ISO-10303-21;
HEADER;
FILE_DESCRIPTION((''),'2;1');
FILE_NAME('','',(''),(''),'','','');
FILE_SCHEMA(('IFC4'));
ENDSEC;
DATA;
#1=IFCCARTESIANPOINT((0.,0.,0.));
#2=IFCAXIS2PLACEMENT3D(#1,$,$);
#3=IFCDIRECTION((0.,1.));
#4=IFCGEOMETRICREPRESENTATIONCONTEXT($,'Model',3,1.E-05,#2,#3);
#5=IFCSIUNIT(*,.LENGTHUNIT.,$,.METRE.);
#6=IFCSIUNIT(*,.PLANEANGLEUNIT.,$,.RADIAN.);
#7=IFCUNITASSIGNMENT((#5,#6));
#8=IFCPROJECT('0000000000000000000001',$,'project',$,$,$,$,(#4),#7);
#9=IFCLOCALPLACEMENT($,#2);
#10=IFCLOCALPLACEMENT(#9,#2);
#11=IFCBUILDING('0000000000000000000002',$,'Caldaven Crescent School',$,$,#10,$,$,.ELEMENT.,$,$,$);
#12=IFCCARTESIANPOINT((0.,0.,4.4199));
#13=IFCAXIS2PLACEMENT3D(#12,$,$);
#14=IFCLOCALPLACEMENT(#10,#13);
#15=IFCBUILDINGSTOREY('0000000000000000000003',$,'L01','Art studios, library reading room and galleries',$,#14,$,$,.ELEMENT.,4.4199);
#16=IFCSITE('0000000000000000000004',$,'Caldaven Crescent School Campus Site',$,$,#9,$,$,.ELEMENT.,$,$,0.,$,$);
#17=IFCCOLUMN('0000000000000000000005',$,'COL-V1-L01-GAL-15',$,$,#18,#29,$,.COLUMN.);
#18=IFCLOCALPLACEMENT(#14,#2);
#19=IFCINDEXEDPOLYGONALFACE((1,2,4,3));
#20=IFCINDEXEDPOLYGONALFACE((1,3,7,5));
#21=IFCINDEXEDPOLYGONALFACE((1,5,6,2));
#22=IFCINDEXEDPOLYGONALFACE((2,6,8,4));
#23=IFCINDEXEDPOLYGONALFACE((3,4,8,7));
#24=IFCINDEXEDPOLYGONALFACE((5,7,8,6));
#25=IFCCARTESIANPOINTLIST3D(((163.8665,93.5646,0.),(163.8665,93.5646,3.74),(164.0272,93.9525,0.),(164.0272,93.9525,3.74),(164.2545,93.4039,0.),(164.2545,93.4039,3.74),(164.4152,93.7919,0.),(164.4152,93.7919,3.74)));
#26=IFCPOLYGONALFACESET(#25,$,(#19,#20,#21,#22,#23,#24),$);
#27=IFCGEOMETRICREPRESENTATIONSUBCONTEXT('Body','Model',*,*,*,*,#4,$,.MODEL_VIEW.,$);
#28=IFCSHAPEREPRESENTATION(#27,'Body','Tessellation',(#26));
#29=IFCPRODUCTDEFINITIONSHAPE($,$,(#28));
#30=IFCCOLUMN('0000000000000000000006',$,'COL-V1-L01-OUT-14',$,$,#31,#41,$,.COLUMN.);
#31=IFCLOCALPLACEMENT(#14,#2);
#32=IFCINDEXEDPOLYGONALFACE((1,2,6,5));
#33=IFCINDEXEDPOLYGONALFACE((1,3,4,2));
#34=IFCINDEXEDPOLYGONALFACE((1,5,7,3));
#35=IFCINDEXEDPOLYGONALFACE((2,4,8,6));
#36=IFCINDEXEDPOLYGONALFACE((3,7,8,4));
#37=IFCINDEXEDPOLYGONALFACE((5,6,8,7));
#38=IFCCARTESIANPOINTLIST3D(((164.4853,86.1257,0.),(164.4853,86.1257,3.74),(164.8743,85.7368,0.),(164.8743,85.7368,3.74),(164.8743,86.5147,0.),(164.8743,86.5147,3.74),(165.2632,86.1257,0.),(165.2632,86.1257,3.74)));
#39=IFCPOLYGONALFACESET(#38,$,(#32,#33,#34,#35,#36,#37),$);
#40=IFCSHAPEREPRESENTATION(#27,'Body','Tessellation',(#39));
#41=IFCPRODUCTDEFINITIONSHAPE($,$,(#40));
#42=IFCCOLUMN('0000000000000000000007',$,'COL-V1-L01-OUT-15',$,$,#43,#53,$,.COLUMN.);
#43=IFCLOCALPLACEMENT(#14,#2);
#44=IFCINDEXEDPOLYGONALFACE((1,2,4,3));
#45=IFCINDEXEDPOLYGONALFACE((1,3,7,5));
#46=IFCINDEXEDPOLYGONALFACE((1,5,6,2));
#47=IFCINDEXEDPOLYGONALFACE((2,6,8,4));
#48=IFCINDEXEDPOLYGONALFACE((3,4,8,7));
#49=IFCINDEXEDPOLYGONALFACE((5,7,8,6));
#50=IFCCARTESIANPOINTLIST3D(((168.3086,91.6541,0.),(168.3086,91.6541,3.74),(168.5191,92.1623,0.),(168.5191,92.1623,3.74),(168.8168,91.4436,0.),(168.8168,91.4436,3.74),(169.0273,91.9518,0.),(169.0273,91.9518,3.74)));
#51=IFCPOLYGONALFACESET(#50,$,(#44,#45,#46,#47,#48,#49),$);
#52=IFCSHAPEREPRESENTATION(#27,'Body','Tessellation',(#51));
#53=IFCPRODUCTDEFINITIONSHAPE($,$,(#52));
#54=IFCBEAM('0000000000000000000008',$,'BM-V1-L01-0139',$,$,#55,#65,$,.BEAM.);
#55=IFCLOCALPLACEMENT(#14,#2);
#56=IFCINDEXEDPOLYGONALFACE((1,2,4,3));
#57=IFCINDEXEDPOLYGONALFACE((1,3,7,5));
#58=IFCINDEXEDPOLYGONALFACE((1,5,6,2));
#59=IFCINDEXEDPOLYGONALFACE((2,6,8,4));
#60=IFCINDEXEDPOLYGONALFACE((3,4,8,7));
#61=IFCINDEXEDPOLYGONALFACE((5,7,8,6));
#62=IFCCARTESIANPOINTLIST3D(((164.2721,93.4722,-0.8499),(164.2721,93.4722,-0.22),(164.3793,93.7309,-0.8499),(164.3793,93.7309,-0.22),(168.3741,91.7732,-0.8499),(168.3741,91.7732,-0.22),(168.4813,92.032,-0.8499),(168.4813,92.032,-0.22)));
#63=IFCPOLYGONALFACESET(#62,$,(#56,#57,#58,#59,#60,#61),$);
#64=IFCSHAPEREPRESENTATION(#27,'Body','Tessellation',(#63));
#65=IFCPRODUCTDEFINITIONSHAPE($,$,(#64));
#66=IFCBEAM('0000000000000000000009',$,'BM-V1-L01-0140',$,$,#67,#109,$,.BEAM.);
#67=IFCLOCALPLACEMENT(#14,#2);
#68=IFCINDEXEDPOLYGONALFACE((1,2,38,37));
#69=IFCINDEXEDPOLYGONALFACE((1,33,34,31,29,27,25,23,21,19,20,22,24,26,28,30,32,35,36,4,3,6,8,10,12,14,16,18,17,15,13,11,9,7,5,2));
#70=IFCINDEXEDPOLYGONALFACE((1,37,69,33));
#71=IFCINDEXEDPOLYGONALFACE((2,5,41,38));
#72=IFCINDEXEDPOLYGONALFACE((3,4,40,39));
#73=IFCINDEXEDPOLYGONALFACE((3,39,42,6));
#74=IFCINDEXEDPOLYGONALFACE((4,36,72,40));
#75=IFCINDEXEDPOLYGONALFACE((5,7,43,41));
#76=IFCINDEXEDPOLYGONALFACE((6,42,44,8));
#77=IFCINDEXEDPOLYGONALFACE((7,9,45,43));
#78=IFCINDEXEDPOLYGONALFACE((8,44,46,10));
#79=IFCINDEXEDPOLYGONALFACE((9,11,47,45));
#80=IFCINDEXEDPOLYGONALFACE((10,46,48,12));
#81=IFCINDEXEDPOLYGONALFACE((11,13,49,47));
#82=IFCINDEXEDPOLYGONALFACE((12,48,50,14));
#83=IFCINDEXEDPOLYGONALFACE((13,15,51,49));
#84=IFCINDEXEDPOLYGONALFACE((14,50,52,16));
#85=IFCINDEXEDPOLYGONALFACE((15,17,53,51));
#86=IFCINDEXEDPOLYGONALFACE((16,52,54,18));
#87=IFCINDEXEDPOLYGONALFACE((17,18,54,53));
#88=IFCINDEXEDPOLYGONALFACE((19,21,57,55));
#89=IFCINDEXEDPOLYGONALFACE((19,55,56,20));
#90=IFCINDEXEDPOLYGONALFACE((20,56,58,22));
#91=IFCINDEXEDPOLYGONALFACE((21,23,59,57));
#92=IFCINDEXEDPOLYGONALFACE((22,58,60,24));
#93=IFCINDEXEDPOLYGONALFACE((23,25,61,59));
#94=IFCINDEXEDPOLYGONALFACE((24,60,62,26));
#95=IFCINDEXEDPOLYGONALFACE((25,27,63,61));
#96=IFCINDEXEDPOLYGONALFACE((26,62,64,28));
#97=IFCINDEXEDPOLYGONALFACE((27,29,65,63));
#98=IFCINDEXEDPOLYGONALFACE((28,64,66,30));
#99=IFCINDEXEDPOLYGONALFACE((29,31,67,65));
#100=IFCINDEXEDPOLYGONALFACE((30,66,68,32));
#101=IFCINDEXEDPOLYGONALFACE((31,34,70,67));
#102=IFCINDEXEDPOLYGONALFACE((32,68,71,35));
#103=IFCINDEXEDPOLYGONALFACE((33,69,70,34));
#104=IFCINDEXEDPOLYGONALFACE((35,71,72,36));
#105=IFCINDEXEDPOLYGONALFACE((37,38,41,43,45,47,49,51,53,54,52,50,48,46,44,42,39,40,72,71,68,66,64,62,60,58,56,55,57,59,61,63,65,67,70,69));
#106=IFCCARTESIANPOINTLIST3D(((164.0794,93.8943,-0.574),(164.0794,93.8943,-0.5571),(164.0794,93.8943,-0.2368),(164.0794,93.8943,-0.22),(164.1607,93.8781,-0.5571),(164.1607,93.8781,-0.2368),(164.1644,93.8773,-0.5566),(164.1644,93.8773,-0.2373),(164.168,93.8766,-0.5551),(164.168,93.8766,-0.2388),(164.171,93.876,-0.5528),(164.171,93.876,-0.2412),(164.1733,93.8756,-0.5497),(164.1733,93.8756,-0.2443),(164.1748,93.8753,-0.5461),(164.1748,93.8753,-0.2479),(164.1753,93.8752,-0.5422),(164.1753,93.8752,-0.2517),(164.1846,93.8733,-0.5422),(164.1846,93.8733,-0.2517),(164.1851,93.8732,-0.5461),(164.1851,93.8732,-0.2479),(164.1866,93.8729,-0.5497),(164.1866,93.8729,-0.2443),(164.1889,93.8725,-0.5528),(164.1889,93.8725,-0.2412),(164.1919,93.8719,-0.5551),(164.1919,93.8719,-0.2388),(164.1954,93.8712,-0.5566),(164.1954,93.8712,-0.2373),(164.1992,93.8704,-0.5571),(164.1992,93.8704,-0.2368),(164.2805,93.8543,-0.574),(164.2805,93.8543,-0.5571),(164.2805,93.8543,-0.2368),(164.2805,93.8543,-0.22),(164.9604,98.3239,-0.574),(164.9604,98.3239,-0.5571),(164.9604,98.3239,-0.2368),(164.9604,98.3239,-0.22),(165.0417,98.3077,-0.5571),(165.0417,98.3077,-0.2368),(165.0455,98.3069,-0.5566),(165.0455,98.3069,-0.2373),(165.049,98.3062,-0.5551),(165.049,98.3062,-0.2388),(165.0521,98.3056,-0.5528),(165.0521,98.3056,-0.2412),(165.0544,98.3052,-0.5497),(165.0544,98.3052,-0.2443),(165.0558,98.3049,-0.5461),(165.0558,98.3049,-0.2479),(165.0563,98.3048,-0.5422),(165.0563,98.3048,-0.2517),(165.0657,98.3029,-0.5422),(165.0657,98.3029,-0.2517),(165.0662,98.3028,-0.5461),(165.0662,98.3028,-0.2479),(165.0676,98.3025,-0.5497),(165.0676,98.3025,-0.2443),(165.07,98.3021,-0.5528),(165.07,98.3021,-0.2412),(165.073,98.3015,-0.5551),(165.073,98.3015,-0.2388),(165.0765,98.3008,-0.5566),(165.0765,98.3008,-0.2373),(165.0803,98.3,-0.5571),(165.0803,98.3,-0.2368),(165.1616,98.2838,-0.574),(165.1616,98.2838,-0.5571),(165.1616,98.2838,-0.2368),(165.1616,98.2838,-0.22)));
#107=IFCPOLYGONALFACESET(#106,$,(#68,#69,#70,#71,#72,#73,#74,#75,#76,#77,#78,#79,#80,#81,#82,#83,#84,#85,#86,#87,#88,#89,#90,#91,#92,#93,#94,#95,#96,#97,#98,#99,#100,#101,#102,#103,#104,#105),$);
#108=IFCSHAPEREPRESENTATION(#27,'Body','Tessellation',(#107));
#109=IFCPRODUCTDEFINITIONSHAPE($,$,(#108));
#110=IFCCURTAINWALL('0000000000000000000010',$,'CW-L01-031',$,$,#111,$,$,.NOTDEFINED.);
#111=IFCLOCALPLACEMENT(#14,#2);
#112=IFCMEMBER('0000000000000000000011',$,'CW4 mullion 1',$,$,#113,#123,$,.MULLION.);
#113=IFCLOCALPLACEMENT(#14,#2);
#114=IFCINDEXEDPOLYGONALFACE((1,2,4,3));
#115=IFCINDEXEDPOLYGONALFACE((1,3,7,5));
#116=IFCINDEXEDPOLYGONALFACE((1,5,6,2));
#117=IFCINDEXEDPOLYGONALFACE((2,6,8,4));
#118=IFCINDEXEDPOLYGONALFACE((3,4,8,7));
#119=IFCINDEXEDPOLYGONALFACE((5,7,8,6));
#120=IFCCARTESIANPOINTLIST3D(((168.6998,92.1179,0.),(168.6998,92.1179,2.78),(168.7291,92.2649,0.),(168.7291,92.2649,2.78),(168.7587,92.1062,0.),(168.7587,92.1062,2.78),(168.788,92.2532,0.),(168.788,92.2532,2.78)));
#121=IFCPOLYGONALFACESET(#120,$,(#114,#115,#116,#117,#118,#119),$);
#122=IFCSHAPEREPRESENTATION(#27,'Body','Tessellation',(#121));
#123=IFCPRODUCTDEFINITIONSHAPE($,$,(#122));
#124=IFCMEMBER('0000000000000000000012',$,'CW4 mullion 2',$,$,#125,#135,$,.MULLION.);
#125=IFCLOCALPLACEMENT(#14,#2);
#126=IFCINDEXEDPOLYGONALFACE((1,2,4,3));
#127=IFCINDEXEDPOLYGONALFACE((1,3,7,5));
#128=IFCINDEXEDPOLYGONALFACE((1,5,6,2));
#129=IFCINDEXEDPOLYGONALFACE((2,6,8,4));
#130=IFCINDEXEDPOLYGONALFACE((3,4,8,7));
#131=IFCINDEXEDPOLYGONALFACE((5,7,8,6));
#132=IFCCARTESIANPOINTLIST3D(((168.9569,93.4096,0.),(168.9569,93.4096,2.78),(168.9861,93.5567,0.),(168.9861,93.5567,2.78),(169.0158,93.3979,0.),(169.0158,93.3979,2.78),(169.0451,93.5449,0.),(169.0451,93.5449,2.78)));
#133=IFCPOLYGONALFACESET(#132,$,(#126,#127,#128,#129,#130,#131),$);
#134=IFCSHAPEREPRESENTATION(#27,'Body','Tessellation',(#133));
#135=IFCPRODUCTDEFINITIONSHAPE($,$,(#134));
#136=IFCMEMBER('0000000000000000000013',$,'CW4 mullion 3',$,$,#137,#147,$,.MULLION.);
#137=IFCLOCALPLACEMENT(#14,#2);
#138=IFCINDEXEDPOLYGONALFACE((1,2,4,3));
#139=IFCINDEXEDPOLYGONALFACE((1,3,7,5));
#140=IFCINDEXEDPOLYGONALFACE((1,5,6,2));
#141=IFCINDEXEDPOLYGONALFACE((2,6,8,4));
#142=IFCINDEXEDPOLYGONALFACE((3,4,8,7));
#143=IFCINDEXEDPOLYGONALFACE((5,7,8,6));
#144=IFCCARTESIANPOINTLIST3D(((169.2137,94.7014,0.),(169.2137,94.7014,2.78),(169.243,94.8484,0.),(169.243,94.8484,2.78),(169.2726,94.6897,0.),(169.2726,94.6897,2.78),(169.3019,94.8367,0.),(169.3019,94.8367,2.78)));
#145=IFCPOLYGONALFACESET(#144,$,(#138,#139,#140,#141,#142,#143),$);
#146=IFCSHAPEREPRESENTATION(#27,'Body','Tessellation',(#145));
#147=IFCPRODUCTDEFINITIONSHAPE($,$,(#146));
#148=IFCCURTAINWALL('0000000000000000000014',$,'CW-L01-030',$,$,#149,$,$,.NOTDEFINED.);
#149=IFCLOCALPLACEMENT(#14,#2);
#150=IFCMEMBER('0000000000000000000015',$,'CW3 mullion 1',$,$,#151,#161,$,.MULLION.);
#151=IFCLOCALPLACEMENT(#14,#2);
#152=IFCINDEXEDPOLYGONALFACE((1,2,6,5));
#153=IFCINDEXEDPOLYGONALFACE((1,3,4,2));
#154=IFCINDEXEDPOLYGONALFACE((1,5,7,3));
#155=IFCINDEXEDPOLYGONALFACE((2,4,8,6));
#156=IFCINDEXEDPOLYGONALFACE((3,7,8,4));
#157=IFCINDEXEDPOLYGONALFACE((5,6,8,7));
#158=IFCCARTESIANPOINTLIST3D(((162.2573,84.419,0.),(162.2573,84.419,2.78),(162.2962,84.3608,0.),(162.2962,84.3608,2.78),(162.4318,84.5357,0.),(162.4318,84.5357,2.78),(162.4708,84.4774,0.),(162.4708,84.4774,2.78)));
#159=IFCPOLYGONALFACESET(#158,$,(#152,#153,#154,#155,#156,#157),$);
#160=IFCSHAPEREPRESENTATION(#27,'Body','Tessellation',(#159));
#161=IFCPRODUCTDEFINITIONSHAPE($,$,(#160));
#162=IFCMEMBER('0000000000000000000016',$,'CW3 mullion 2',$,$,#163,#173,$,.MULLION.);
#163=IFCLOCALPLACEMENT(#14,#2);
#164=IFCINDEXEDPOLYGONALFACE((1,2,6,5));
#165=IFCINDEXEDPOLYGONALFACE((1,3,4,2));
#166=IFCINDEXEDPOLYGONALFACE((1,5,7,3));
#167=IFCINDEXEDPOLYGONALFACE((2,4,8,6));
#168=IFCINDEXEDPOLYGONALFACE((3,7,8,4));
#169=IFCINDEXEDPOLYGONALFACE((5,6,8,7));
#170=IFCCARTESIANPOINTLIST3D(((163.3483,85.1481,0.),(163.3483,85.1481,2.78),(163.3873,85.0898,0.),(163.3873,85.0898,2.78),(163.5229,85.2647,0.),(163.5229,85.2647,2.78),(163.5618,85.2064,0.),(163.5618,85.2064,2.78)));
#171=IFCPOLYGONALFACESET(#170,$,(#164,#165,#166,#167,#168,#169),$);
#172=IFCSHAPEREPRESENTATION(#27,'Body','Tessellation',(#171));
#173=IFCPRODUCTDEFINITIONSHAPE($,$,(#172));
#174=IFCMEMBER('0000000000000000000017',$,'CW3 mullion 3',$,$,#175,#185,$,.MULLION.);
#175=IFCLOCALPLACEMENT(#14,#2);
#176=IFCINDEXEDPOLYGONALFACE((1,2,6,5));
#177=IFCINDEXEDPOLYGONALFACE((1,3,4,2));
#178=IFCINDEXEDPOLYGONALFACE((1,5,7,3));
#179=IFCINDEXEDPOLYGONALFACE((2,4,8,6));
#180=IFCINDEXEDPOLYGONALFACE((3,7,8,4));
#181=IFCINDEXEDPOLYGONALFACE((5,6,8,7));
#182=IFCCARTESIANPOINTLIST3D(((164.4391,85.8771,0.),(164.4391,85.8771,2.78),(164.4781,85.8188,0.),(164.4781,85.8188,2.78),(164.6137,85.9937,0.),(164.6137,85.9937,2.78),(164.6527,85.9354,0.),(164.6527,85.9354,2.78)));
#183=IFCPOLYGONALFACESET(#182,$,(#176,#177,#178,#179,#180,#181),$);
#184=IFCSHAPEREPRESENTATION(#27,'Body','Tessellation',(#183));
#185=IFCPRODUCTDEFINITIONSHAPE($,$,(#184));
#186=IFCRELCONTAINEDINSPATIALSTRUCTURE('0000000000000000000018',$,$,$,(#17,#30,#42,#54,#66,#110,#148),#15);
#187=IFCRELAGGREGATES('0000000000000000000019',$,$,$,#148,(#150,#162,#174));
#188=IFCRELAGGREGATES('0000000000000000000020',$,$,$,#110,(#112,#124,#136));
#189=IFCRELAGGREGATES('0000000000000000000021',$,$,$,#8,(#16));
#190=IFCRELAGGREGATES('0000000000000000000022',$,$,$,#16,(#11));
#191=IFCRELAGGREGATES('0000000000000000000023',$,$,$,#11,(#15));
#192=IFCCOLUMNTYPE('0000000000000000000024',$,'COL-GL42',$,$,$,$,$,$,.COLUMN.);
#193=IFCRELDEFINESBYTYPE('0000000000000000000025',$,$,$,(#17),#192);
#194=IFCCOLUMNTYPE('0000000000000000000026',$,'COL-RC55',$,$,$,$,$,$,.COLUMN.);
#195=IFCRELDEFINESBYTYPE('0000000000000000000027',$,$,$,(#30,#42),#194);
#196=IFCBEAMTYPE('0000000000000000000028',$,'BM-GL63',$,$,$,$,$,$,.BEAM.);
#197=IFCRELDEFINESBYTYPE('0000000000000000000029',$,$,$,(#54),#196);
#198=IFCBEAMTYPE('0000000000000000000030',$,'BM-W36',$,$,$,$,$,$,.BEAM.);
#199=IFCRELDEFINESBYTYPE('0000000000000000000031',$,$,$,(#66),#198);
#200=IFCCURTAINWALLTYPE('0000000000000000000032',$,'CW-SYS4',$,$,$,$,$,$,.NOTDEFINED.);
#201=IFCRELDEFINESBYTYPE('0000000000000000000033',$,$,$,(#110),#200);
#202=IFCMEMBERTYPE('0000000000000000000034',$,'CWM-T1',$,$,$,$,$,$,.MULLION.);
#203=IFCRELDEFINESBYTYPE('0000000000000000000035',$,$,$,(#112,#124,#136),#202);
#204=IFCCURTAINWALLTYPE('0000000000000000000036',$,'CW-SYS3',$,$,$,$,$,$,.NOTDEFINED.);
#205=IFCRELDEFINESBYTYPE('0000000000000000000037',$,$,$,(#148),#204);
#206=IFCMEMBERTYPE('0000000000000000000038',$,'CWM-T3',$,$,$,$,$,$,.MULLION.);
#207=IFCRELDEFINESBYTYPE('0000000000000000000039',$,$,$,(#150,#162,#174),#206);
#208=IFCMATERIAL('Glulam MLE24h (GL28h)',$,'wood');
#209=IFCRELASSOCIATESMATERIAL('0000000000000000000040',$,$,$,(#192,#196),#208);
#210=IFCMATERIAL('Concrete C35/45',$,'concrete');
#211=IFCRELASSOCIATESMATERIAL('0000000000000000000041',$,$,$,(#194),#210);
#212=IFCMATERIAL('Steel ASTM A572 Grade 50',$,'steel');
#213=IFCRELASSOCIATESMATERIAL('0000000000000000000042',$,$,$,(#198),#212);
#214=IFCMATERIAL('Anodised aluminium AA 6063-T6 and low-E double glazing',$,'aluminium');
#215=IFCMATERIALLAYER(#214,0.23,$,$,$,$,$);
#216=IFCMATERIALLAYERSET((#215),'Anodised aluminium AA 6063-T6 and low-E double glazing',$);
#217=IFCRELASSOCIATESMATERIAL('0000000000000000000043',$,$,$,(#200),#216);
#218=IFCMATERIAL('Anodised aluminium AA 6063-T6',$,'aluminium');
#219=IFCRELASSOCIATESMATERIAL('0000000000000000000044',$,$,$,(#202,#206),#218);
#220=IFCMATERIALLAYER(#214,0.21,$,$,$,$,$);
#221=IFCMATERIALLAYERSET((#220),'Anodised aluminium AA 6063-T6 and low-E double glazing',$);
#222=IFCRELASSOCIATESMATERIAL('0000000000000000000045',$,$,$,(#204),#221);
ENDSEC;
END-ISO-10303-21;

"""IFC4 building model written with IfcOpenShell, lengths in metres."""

from ifc_helpers import new_model, si_unit, direction, frame, origin, origin_2d, place, context, subcontext, project, spatial, rectangle, i_section, extrude, material, layer, layer_set, material_profile, profile_set, type_object, element, aggregate, save


model = new_model("IFC4")

# Units and contexts
model_context = context("Model", 3, precision=1e-05, world=origin(), true_north=direction((0.0, 1.0)))
body_context = subcontext(model_context, "Body", "Model", "MODEL_VIEW")
ifc_project = project(units=[si_unit("LENGTHUNIT", "METRE"), si_unit("PLANEANGLEUNIT", "RADIAN")], contexts=[model_context])

# Site, building, storey
site_placement = place(None, origin())
site = spatial("IfcSite", under=ifc_project, at=site_placement, Name="Caldaven Crescent School Campus Site", CompositionType="ELEMENT", RefElevation=0.0)
building_placement = place(site_placement, origin())
building = spatial("IfcBuilding", under=site, at=building_placement, Name="Caldaven Crescent School", CompositionType="ELEMENT")
storey_placement = place(building_placement, frame((0.0, 0.0, 4.4199)))
storey = spatial("IfcBuildingStorey", under=building, at=storey_placement, Name="L01", Description="Art studios, library reading room and galleries", CompositionType="ELEMENT", Elevation=4.4199)

# Columns
ifc_material_1 = material(Name="Glulam MLE24h (GL28h)", Category="wood")
ifc_material_profile_1 = material_profile(ifc_material_1, rectangle(XDim=0.4199, YDim=0.4199, at=origin_2d()), Name="MLE 420x420")
ifc_profile_set_1 = profile_set([ifc_material_profile_1], Name="Glulam MLE24h (GL28h)")
column_type_1 = type_object("IfcColumnType", Name="COL-GL42", PredefinedType="COLUMN", material=ifc_profile_set_1)
column_placement = place(storey_placement, frame((164.1409, 93.6782, 0.0), z_axis=(0.0, 0.0, 1.0), x_axis=(0.92388, -0.382683, 0.0)))
element("IfcColumn", 1, at=column_placement, inside=storey, type_object=column_type_1, Name="COL-V1-L01-GAL-15", PredefinedType="COLUMN", context=body_context, shape_type="SweptSolid", body=[
    extrude(rectangle(XDim=0.4199, YDim=0.4199, at=origin_2d()), origin(), (0.0, 0.0, 1.0), 3.74),
])
ifc_material_2 = material(Name="Concrete C35/45", Category="concrete")
ifc_material_profile_2 = material_profile(ifc_material_2, rectangle(XDim=0.55, YDim=0.55, at=origin_2d()), Name="RC 550x550")
ifc_profile_set_2 = profile_set([ifc_material_profile_2], Name="Concrete C35/45")
column_type_2 = type_object("IfcColumnType", Name="COL-RC55", PredefinedType="COLUMN", material=ifc_profile_set_2)
for number, where, z_axis, x_axis, name in (
    (2, (164.8743, 86.1257, 0.0), (0.0, 0.0, 1.0), (0.707107, -0.707107, 0.0), "COL-V1-L01-OUT-14"),
    (3, (168.668, 91.803, 0.0), (0.0, 0.0, 1.0), (0.92388, -0.382683, 0.0), "COL-V1-L01-OUT-15"),
):
    element("IfcColumn", number, at=place(storey_placement, frame(where, z_axis=z_axis, x_axis=x_axis)), inside=storey, type_object=column_type_2, Name=name, PredefinedType="COLUMN", context=body_context, shape_type="SweptSolid", body=[
        extrude(rectangle(XDim=0.55, YDim=0.55, at=origin_2d()), origin(), (0.0, 0.0, 1.0), 3.74),
    ])

# Beams
ifc_material_profile_3 = material_profile(ifc_material_1, rectangle(XDim=0.28, YDim=0.6299, at=origin_2d()), Name="MLE 280x630")
ifc_profile_set_3 = profile_set([ifc_material_profile_3], Name="Glulam MLE24h (GL28h)")
beam_type_1 = type_object("IfcBeamType", Name="BM-GL63", PredefinedType="BEAM", material=ifc_profile_set_3)
beam_1_placement = place(storey_placement, frame((164.3257, 93.6016, -0.5349), z_axis=(0.923892, -0.382655, 0.0), x_axis=(0.382655, 0.923892, 0.0)))
element("IfcBeam", 4, at=beam_1_placement, inside=storey, type_object=beam_type_1, Name="BM-V1-L01-0139", PredefinedType="BEAM", context=body_context, shape_type="SweptSolid", body=[
    extrude(rectangle(XDim=0.28, YDim=0.6299, at=origin_2d()), origin(), (0.0, 0.0, 1.0), 4.4399),
])
ifc_material_3 = material(Name="Steel ASTM A572 Grade 50", Category="steel")
ifc_material_profile_4 = material_profile(ifc_material_3, i_section(OverallWidth=0.2051, OverallDepth=0.354, WebThickness=0.0095, FlangeThickness=0.0168, FilletRadius=0.0149, at=origin_2d()), Name="W360x79")
ifc_profile_set_4 = profile_set([ifc_material_profile_4], Name="Steel ASTM A572 Grade 50")
beam_type_2 = type_object("IfcBeamType", Name="BM-W36", PredefinedType="BEAM", material=ifc_profile_set_4)
beam_2_placement = place(storey_placement, frame((164.1799, 93.8743, -0.397), z_axis=(0.195087, 0.980786, 0.0), x_axis=(-0.980786, 0.195087, 0.0)))
element("IfcBeam", 5, at=beam_2_placement, inside=storey, type_object=beam_type_2, Name="BM-V1-L01-0140", PredefinedType="BEAM", context=body_context, shape_type="SweptSolid", body=[
    extrude(i_section(OverallWidth=0.2051, OverallDepth=0.354, WebThickness=0.0095, FlangeThickness=0.0168, FilletRadius=0.0149, at=origin_2d()), origin(), (0.0, 0.0, 1.0), 4.5164),
])

# Curtain walls, members
ifc_material_4 = material(Name="Anodised aluminium AA 6063-T6 and low-E double glazing", Category="aluminium")
ifc_layer_1 = layer(ifc_material_4, 0.23)
ifc_layer_set_1 = layer_set([ifc_layer_1], Name="Anodised aluminium AA 6063-T6 and low-E double glazing")
curtain_wall_type_1 = type_object("IfcCurtainWallType", Name="CW-SYS4", PredefinedType="NOTDEFINED", material=ifc_layer_set_1)
curtain_wall_1_placement = place(storey_placement, origin())
curtain_wall_1 = element("IfcCurtainWall", 6, at=curtain_wall_1_placement, inside=storey, type_object=curtain_wall_type_1, Name="CW-L01-031", PredefinedType="NOTDEFINED")
ifc_material_5 = material(Name="Anodised aluminium AA 6063-T6", Category="aluminium")
ifc_material_profile_5 = material_profile(ifc_material_5, rectangle(XDim=0.0601, YDim=0.1499, at=origin_2d()), Name="CWM 60x150")
ifc_profile_set_5 = profile_set([ifc_material_profile_5], Name="Anodised aluminium AA 6063-T6")
member_type_1 = type_object("IfcMemberType", Name="CWM-T1", PredefinedType="MULLION", material=ifc_profile_set_5)
member_1_placement = place(storey_placement, frame((168.7439, 92.1855, 0.0), z_axis=(0.0, 0.0, 1.0), x_axis=(-0.980785, 0.19509, 0.0)))
member_1 = element("IfcMember", 7, at=member_1_placement, type_object=member_type_1, Name="CW4 mullion 1", PredefinedType="MULLION", context=body_context, shape_type="SweptSolid", body=[
    extrude(rectangle(XDim=0.0601, YDim=0.1499, at=origin_2d()), origin(), (0.0, 0.0, 1.0), 2.78),
])
member_2_placement = place(storey_placement, frame((169.001, 93.4773, 0.0), z_axis=(0.0, 0.0, 1.0), x_axis=(-0.980785, 0.19509, 0.0)))
member_2 = element("IfcMember", 8, at=member_2_placement, type_object=member_type_1, Name="CW4 mullion 2", PredefinedType="MULLION", context=body_context, shape_type="SweptSolid", body=[
    extrude(rectangle(XDim=0.0601, YDim=0.1499, at=origin_2d()), origin(), (0.0, 0.0, 1.0), 2.78),
])
member_3_placement = place(storey_placement, frame((169.2578, 94.769, 0.0), z_axis=(0.0, 0.0, 1.0), x_axis=(-0.980785, 0.19509, 0.0)))
member_3 = element("IfcMember", 9, at=member_3_placement, type_object=member_type_1, Name="CW4 mullion 3", PredefinedType="MULLION", context=body_context, shape_type="SweptSolid", body=[
    extrude(rectangle(XDim=0.0601, YDim=0.1499, at=origin_2d()), origin(), (0.0, 0.0, 1.0), 2.78),
])
ifc_layer_2 = layer(ifc_material_4, 0.21)
ifc_layer_set_2 = layer_set([ifc_layer_2], Name="Anodised aluminium AA 6063-T6 and low-E double glazing")
curtain_wall_type_2 = type_object("IfcCurtainWallType", Name="CW-SYS3", PredefinedType="NOTDEFINED", material=ifc_layer_set_2)
curtain_wall_2_placement = place(storey_placement, origin())
curtain_wall_2 = element("IfcCurtainWall", 10, at=curtain_wall_2_placement, inside=storey, type_object=curtain_wall_type_2, Name="CW-L01-030", PredefinedType="NOTDEFINED")
ifc_material_profile_6 = material_profile(ifc_material_5, rectangle(XDim=0.0701, YDim=0.21, at=origin_2d()), Name="CWM 70x210")
ifc_profile_set_6 = profile_set([ifc_material_profile_6], Name="Anodised aluminium AA 6063-T6")
member_type_2 = type_object("IfcMemberType", Name="CWM-T3", PredefinedType="MULLION", material=ifc_profile_set_6)
member_4_placement = place(storey_placement, frame((162.364, 84.4482, 0.0), z_axis=(0.0, 0.0, 1.0), x_axis=(-0.555572, 0.831469, 0.0)))
member_4 = element("IfcMember", 11, at=member_4_placement, type_object=member_type_2, Name="CW3 mullion 1", PredefinedType="MULLION", context=body_context, shape_type="SweptSolid", body=[
    extrude(rectangle(XDim=0.0701, YDim=0.21, at=origin_2d()), origin(), (0.0, 0.0, 1.0), 2.78),
])
member_5_placement = place(storey_placement, frame((163.4551, 85.1772, 0.0), z_axis=(0.0, 0.0, 1.0), x_axis=(-0.555572, 0.831469, 0.0)))
member_5 = element("IfcMember", 12, at=member_5_placement, type_object=member_type_2, Name="CW3 mullion 2", PredefinedType="MULLION", context=body_context, shape_type="SweptSolid", body=[
    extrude(rectangle(XDim=0.0701, YDim=0.21, at=origin_2d()), origin(), (0.0, 0.0, 1.0), 2.78),
])
member_6_placement = place(storey_placement, frame((164.5459, 85.9062, 0.0), z_axis=(0.0, 0.0, 1.0), x_axis=(-0.555572, 0.831469, 0.0)))
member_6 = element("IfcMember", 13, at=member_6_placement, type_object=member_type_2, Name="CW3 mullion 3", PredefinedType="MULLION", context=body_context, shape_type="SweptSolid", body=[
    extrude(rectangle(XDim=0.0701, YDim=0.21, at=origin_2d()), origin(), (0.0, 0.0, 1.0), 2.78),
])

aggregate(curtain_wall_2, [member_4, member_5, member_6])
aggregate(curtain_wall_1, [member_1, member_2, member_3])

save(model, "model.ifc")
